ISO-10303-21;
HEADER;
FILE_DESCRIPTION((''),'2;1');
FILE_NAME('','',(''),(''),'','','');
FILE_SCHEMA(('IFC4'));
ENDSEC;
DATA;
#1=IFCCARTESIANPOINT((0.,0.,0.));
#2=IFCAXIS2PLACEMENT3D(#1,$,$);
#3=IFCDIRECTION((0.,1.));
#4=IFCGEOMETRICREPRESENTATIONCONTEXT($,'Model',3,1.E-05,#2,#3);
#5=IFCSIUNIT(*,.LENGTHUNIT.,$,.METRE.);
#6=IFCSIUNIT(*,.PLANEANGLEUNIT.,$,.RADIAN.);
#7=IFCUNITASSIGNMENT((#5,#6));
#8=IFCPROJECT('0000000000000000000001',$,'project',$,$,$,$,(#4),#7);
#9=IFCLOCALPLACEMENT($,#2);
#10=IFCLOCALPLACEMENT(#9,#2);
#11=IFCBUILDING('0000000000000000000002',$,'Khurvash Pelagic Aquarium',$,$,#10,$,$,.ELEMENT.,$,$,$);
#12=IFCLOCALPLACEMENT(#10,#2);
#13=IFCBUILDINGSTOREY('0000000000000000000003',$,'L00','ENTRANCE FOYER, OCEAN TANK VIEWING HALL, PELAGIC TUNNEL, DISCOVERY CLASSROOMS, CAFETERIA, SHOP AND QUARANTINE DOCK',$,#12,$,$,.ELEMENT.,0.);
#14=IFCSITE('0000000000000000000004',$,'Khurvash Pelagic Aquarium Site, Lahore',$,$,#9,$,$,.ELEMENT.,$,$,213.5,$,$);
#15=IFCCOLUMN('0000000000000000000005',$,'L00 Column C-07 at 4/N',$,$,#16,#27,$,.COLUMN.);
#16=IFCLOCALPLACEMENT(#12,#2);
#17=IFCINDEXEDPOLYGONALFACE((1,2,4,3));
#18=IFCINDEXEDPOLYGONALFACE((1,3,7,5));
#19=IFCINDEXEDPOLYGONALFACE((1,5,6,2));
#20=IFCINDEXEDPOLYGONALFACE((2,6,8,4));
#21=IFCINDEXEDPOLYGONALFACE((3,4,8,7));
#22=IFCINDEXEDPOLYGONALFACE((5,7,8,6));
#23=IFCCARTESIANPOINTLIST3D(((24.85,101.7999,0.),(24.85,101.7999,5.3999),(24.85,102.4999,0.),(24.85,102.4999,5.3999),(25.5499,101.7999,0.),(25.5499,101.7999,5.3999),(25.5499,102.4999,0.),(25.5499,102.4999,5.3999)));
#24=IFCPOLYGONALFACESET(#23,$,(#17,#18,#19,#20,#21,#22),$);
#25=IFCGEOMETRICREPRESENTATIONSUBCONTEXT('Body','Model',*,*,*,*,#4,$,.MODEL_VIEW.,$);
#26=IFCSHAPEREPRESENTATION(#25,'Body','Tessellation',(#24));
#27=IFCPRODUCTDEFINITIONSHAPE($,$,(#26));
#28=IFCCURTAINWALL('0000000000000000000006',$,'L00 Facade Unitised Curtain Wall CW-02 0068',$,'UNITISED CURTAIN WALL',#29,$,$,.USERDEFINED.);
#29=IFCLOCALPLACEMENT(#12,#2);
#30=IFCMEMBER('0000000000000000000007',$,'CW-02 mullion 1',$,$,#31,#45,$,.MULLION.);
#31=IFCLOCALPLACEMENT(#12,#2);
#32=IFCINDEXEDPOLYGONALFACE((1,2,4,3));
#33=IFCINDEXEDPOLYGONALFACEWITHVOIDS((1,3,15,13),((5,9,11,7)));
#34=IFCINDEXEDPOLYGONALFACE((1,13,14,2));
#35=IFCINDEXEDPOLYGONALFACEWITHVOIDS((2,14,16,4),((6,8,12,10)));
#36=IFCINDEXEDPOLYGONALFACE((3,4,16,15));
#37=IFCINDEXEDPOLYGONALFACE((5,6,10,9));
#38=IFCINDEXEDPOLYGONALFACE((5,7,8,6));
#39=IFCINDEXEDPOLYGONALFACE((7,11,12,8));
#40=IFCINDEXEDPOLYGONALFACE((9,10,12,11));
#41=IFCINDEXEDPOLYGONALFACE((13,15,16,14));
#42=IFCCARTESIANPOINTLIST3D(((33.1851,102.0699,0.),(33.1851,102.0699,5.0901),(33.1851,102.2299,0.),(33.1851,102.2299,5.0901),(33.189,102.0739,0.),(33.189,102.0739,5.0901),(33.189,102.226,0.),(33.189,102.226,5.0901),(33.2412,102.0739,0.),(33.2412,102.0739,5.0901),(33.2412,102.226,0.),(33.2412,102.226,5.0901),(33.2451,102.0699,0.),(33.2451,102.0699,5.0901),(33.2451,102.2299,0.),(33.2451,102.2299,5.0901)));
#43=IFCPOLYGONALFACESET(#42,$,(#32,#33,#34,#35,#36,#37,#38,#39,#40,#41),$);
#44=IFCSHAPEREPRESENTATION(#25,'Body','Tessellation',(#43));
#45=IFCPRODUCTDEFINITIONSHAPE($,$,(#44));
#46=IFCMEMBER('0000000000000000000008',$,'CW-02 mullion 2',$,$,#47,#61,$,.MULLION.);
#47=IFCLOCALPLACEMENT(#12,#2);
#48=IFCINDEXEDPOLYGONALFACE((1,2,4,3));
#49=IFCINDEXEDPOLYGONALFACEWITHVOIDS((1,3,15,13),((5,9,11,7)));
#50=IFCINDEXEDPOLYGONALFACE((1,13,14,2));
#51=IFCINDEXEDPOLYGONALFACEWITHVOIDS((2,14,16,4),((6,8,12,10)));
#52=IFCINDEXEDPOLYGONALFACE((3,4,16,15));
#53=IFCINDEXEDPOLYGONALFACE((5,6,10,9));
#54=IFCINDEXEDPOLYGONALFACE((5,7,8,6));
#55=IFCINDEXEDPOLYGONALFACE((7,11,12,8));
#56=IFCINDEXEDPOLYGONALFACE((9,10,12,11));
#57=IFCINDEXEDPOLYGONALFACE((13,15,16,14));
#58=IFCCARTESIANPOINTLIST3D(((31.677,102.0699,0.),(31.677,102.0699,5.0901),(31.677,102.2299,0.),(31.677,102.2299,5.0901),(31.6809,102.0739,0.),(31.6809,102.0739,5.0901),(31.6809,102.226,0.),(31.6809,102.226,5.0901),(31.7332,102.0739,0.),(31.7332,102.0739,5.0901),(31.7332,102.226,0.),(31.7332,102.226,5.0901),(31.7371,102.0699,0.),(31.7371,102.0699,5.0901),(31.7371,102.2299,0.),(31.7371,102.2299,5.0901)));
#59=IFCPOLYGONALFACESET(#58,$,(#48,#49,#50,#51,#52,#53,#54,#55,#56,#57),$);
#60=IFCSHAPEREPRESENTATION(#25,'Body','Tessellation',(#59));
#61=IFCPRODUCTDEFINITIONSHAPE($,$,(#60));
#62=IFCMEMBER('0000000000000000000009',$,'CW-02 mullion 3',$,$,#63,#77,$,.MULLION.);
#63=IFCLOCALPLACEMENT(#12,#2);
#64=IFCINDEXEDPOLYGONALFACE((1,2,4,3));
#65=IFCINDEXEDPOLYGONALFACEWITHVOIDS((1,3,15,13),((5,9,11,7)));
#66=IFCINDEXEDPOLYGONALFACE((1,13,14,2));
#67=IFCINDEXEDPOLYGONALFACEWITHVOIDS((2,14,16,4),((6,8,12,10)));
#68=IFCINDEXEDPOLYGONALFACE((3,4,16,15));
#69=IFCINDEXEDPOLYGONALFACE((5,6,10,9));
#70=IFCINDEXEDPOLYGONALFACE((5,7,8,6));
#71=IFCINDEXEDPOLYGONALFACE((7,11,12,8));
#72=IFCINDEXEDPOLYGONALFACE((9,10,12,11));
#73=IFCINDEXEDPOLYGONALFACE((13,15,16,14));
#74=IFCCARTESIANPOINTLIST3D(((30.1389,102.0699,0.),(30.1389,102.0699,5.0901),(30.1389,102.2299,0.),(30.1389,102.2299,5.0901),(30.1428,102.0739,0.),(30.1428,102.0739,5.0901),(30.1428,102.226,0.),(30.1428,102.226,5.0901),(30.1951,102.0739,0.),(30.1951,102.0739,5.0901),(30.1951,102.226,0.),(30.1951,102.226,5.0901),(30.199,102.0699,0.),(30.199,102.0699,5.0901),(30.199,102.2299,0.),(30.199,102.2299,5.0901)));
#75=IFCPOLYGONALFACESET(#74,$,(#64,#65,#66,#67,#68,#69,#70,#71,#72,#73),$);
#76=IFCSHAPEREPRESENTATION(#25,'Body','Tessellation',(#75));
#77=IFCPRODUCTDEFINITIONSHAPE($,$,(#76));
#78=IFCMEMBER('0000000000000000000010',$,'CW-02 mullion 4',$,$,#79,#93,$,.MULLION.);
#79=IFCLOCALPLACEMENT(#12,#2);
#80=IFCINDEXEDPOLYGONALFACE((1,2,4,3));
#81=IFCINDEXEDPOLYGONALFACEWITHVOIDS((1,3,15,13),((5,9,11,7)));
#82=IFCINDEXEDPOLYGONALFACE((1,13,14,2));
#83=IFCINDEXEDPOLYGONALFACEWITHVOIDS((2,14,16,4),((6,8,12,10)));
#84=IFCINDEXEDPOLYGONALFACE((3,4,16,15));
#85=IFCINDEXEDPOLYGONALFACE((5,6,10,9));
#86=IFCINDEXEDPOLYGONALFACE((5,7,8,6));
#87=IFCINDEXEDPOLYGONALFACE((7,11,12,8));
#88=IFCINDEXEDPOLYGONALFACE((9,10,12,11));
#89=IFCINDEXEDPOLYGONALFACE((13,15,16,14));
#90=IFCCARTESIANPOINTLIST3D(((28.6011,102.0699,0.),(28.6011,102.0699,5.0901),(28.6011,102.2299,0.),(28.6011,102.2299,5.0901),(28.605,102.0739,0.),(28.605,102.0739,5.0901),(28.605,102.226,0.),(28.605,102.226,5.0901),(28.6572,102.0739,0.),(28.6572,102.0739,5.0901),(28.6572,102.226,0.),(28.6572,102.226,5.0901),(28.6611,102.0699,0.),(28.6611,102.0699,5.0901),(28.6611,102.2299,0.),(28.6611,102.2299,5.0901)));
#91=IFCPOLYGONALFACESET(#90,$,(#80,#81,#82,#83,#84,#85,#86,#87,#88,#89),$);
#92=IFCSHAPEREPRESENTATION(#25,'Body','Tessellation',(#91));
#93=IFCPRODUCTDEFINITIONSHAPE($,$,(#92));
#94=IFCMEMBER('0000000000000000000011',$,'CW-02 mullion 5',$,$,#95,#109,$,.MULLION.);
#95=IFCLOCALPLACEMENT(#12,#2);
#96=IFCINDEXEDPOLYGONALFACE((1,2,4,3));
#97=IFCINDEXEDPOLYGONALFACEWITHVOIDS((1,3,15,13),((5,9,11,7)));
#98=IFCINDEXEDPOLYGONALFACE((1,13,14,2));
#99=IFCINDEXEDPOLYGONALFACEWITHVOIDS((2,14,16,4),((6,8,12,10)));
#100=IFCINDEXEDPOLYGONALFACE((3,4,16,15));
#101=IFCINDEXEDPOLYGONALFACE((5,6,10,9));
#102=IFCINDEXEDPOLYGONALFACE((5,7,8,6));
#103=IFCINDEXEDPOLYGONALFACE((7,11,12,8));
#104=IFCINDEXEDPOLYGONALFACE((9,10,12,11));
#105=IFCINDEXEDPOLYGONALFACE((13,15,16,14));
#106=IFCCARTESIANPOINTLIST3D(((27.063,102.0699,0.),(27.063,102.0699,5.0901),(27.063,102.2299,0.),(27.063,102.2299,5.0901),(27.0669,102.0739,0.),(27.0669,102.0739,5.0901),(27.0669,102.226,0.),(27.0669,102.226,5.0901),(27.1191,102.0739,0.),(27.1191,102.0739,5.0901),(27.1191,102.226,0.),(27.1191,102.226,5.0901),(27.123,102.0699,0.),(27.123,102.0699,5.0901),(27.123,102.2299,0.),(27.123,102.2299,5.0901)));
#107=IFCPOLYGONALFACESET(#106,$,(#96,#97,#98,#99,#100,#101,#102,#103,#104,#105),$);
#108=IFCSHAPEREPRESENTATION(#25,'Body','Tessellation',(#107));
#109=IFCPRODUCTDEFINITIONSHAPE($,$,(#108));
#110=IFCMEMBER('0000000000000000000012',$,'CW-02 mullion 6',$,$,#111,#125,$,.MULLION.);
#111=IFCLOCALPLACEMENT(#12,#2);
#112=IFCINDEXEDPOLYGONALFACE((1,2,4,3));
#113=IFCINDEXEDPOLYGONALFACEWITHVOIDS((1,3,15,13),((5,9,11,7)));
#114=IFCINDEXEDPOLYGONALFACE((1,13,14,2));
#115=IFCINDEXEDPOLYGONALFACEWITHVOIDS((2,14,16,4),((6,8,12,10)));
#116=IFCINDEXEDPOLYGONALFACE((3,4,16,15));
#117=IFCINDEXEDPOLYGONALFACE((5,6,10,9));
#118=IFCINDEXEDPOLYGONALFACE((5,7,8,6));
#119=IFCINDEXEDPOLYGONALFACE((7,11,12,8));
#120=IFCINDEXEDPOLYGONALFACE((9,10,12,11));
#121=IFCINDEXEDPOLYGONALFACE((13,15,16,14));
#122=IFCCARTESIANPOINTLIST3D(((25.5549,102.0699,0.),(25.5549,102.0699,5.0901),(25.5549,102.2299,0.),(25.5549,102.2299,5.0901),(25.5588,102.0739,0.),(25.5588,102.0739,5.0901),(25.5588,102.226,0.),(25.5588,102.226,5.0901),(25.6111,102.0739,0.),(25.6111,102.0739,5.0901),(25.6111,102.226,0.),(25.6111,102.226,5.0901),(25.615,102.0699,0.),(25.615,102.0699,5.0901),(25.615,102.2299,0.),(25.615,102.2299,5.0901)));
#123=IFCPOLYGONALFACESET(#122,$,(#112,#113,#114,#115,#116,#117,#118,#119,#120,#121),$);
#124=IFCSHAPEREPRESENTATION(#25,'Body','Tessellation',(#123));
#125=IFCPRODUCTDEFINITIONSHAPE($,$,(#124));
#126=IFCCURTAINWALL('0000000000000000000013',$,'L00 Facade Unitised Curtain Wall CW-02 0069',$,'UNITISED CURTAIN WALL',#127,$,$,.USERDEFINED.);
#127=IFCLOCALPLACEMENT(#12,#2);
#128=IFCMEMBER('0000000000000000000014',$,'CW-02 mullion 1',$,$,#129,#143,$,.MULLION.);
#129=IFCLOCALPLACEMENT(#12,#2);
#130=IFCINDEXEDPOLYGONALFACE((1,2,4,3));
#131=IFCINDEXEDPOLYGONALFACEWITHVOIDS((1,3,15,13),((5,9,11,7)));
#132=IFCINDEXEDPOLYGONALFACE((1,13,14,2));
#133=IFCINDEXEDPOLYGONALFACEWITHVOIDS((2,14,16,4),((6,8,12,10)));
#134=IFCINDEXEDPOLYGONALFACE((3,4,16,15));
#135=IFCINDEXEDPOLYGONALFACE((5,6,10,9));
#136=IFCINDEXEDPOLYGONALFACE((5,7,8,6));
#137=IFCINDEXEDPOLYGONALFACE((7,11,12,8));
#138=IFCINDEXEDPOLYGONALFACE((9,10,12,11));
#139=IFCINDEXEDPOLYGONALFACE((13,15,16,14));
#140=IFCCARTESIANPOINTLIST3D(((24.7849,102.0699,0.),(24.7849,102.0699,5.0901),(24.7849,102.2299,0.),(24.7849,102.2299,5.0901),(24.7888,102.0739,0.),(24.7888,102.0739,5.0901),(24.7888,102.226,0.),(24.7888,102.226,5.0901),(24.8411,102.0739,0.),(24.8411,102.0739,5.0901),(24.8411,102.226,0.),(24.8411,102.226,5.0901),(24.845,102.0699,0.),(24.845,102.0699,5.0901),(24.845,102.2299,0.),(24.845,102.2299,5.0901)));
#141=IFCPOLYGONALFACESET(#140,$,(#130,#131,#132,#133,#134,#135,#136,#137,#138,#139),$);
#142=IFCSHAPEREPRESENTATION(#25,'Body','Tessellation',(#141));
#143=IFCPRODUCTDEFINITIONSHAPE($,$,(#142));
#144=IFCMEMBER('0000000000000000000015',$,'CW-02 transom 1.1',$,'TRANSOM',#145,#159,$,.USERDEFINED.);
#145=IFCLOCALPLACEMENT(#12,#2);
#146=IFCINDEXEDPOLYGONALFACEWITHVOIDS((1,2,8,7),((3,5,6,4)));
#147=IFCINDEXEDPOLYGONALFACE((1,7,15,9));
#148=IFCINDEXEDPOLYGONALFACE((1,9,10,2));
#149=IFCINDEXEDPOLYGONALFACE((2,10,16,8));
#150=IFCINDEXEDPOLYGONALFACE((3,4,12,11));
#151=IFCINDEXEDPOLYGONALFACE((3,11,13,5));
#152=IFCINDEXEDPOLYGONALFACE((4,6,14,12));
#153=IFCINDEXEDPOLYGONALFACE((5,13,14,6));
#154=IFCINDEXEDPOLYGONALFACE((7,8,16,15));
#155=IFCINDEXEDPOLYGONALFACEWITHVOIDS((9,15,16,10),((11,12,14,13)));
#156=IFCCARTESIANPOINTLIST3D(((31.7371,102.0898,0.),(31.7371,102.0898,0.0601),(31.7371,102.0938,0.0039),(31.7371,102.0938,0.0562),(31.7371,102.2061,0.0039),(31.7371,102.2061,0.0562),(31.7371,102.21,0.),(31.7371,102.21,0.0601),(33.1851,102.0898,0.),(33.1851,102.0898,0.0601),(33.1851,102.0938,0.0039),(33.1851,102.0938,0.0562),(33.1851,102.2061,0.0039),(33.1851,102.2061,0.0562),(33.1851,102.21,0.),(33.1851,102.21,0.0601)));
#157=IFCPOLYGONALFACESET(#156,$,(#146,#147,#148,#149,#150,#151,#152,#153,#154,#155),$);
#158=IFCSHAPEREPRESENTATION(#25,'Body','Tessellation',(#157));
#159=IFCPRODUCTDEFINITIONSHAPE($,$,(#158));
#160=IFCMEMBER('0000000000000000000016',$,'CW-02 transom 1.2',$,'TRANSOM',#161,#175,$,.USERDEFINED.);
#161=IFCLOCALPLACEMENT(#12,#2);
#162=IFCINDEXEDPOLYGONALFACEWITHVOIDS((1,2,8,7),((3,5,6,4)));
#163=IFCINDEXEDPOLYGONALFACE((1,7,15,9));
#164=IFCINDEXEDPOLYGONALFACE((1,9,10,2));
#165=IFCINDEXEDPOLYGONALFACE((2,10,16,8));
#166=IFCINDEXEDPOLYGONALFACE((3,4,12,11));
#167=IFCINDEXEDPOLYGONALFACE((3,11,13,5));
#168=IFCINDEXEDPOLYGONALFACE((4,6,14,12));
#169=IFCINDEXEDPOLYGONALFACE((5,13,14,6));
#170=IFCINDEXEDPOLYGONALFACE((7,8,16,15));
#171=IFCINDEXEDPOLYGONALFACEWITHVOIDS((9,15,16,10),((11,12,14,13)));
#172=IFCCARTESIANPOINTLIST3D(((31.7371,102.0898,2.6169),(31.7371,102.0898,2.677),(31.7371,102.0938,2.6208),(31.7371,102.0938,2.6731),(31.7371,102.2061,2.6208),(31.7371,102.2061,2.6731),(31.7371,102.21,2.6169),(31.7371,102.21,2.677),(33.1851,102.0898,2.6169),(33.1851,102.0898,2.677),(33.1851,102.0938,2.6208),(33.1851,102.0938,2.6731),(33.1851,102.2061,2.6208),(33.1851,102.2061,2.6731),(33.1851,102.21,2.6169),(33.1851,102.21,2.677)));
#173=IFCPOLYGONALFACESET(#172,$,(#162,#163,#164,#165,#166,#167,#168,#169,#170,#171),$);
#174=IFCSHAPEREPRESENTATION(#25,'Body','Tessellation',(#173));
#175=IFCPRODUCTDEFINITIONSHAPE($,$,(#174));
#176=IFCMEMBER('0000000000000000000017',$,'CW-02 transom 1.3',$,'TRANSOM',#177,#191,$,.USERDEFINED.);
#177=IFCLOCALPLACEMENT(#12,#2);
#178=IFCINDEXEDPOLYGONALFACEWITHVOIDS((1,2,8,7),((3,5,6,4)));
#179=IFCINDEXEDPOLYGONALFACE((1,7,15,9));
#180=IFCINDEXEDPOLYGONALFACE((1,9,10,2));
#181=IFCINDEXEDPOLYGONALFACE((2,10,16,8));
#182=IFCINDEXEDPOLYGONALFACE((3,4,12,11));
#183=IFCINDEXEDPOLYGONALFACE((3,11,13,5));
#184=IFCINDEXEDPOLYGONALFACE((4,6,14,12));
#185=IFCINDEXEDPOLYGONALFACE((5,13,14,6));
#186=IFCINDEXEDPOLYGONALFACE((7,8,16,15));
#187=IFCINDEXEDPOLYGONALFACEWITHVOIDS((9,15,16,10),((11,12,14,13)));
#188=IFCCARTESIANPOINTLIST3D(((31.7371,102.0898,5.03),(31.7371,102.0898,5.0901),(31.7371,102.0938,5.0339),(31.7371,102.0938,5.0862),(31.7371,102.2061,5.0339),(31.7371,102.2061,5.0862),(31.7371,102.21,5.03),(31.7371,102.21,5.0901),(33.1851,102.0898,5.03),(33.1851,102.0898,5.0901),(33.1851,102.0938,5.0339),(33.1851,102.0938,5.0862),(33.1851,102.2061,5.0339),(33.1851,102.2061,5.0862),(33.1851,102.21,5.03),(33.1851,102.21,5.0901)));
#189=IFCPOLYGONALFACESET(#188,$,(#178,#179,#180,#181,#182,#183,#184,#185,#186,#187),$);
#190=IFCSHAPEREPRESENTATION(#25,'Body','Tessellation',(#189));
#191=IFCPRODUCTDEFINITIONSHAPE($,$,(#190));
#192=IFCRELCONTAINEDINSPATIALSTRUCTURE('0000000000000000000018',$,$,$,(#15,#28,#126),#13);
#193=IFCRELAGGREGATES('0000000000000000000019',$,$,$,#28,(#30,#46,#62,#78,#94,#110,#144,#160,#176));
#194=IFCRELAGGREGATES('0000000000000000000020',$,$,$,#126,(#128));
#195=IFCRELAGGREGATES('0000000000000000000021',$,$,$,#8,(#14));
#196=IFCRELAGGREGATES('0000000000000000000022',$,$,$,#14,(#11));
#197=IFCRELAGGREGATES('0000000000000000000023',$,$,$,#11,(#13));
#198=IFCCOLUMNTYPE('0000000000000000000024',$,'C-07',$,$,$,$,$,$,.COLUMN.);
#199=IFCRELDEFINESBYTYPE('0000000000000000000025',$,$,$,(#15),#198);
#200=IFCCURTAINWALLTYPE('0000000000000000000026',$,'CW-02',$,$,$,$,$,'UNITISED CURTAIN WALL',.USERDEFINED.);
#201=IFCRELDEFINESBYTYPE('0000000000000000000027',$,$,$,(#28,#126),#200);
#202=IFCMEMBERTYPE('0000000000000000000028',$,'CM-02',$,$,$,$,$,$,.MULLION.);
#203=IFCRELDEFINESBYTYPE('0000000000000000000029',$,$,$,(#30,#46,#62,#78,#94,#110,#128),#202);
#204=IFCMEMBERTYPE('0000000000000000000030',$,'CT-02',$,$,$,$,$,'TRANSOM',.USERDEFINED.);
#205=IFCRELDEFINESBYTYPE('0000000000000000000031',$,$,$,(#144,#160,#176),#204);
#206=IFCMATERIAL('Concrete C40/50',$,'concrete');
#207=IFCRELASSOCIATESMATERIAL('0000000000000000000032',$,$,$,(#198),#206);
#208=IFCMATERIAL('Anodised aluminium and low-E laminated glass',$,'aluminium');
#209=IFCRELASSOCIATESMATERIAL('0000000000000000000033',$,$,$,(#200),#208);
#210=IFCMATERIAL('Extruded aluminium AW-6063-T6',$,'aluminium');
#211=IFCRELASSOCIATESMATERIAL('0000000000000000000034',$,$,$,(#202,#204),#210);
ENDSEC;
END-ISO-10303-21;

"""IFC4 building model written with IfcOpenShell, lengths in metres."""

from ifc_helpers import new_model, si_unit, direction, frame, origin, origin_2d, place, context, subcontext, project, spatial, rectangle, hollow_rectangle, extrude, material, material_profile, profile_set, type_object, element, aggregate, save


model = new_model("IFC4")

# Units and contexts
model_context = context("Model", 3, precision=1e-05, world=origin(), true_north=direction((0.0, 1.0)))
body_context = subcontext(model_context, "Body", "Model", "MODEL_VIEW")
ifc_project = project(units=[si_unit("LENGTHUNIT", "METRE"), si_unit("PLANEANGLEUNIT", "RADIAN")], contexts=[model_context])

# Site, building, storey
site_placement = place(None, origin())
site = spatial("IfcSite", under=ifc_project, at=site_placement, Name="Khurvash Pelagic Aquarium Site, Lahore", CompositionType="ELEMENT", RefElevation=213.5)
building_placement = place(site_placement, origin())
building = spatial("IfcBuilding", under=site, at=building_placement, Name="Khurvash Pelagic Aquarium", CompositionType="ELEMENT")
storey_placement = place(building_placement, origin())
storey = spatial("IfcBuildingStorey", under=building, at=storey_placement, Name="L00", Description="ENTRANCE FOYER, OCEAN TANK VIEWING HALL, PELAGIC TUNNEL, DISCOVERY CLASSROOMS, CAFETERIA, SHOP AND QUARANTINE DOCK", CompositionType="ELEMENT", Elevation=0.0)

# Column
ifc_material_1 = material(Name="Concrete C40/50", Category="concrete")
ifc_material_profile_1 = material_profile(ifc_material_1, rectangle(XDim=0.7, YDim=0.7, at=origin_2d()), Name="RC700X700")
ifc_profile_set_1 = profile_set([ifc_material_profile_1], Name="Concrete C40/50")
column_type = type_object("IfcColumnType", Name="C-07", PredefinedType="COLUMN", material=ifc_profile_set_1)
column_placement = place(storey_placement, frame((25.2, 102.1499, 0.0), z_axis=(0.0, 0.0, 1.0), x_axis=(1.0, 0.0, 0.0)))
element("IfcColumn", 1, at=column_placement, inside=storey, type_object=column_type, Name="L00 Column C-07 at 4/N", PredefinedType="COLUMN", context=body_context, shape_type="SweptSolid", body=[
    extrude(rectangle(XDim=0.7, YDim=0.7, at=origin_2d()), origin(), (0.0, 0.0, 1.0), 5.3999),
])

# Curtain wall, members
ifc_material_2 = material(Name="Anodised aluminium and low-E laminated glass", Category="aluminium")
curtain_wall_type = type_object("IfcCurtainWallType", Name="CW-02", ElementType="UNITISED CURTAIN WALL", PredefinedType="USERDEFINED", material=ifc_material_2)
curtain_wall_1_placement = place(storey_placement, origin())
curtain_wall_1 = element("IfcCurtainWall", 2, at=curtain_wall_1_placement, inside=storey, type_object=curtain_wall_type, Name="L00 Facade Unitised Curtain Wall CW-02 0068", ObjectType="UNITISED CURTAIN WALL", PredefinedType="USERDEFINED")
ifc_material_3 = material(Name="Extruded aluminium AW-6063-T6", Category="aluminium")
ifc_material_profile_2 = material_profile(ifc_material_3, hollow_rectangle(XDim=0.0601, YDim=0.1599, WallThickness=0.0039, at=origin_2d()), Name="CWM60X160X4")
ifc_profile_set_2 = profile_set([ifc_material_profile_2], Name="Extruded aluminium AW-6063-T6")
member_type_1 = type_object("IfcMemberType", Name="CM-02", PredefinedType="MULLION", material=ifc_profile_set_2)
member_1_placement = place(storey_placement, frame((33.2151, 102.1499, 0.0), z_axis=(0.0, 0.0, 1.0), x_axis=(-1.0, 0.0, 0.0)))
member_1 = element("IfcMember", 3, at=member_1_placement, type_object=member_type_1, Name="CW-02 mullion 1", PredefinedType="MULLION", context=body_context, shape_type="SweptSolid", body=[
    extrude(hollow_rectangle(XDim=0.0601, YDim=0.1599, WallThickness=0.0039, at=origin_2d()), origin(), (0.0, 0.0, 1.0), 5.0901),
])
member_2_placement = place(storey_placement, frame((31.707, 102.1499, 0.0), z_axis=(0.0, 0.0, 1.0), x_axis=(-1.0, 0.0, 0.0)))
member_2 = element("IfcMember", 4, at=member_2_placement, type_object=member_type_1, Name="CW-02 mullion 2", PredefinedType="MULLION", context=body_context, shape_type="SweptSolid", body=[
    extrude(hollow_rectangle(XDim=0.0601, YDim=0.1599, WallThickness=0.0039, at=origin_2d()), origin(), (0.0, 0.0, 1.0), 5.0901),
])
member_3_placement = place(storey_placement, frame((30.1689, 102.1499, 0.0), z_axis=(0.0, 0.0, 1.0), x_axis=(-1.0, 0.0, 0.0)))
member_3 = element("IfcMember", 5, at=member_3_placement, type_object=member_type_1, Name="CW-02 mullion 3", PredefinedType="MULLION", context=body_context, shape_type="SweptSolid", body=[
    extrude(hollow_rectangle(XDim=0.0601, YDim=0.1599, WallThickness=0.0039, at=origin_2d()), origin(), (0.0, 0.0, 1.0), 5.0901),
])
member_4_placement = place(storey_placement, frame((28.6311, 102.1499, 0.0), z_axis=(0.0, 0.0, 1.0), x_axis=(-1.0, 0.0, 0.0)))
member_4 = element("IfcMember", 6, at=member_4_placement, type_object=member_type_1, Name="CW-02 mullion 4", PredefinedType="MULLION", context=body_context, shape_type="SweptSolid", body=[
    extrude(hollow_rectangle(XDim=0.0601, YDim=0.1599, WallThickness=0.0039, at=origin_2d()), origin(), (0.0, 0.0, 1.0), 5.0901),
])
member_5_placement = place(storey_placement, frame((27.093, 102.1499, 0.0), z_axis=(0.0, 0.0, 1.0), x_axis=(-1.0, 0.0, 0.0)))
member_5 = element("IfcMember", 7, at=member_5_placement, type_object=member_type_1, Name="CW-02 mullion 5", PredefinedType="MULLION", context=body_context, shape_type="SweptSolid", body=[
    extrude(hollow_rectangle(XDim=0.0601, YDim=0.1599, WallThickness=0.0039, at=origin_2d()), origin(), (0.0, 0.0, 1.0), 5.0901),
])
member_6_placement = place(storey_placement, frame((25.585, 102.1499, 0.0), z_axis=(0.0, 0.0, 1.0), x_axis=(-1.0, 0.0, 0.0)))
member_6 = element("IfcMember", 8, at=member_6_placement, type_object=member_type_1, Name="CW-02 mullion 6", PredefinedType="MULLION", context=body_context, shape_type="SweptSolid", body=[
    extrude(hollow_rectangle(XDim=0.0601, YDim=0.1599, WallThickness=0.0039, at=origin_2d()), origin(), (0.0, 0.0, 1.0), 5.0901),
])

# Curtain wall, member
curtain_wall_2_placement = place(storey_placement, origin())
curtain_wall_2 = element("IfcCurtainWall", 9, at=curtain_wall_2_placement, inside=storey, type_object=curtain_wall_type, Name="L00 Facade Unitised Curtain Wall CW-02 0069", ObjectType="UNITISED CURTAIN WALL", PredefinedType="USERDEFINED")
member_7_placement = place(storey_placement, frame((24.8149, 102.1499, 0.0), z_axis=(0.0, 0.0, 1.0), x_axis=(-1.0, 0.0, 0.0)))
member_7 = element("IfcMember", 10, at=member_7_placement, type_object=member_type_1, Name="CW-02 mullion 1", PredefinedType="MULLION", context=body_context, shape_type="SweptSolid", body=[
    extrude(hollow_rectangle(XDim=0.0601, YDim=0.1599, WallThickness=0.0039, at=origin_2d()), origin(), (0.0, 0.0, 1.0), 5.0901),
])

# Members
ifc_material_profile_3 = material_profile(ifc_material_3, hollow_rectangle(XDim=0.1201, YDim=0.0601, WallThickness=0.0039, at=origin_2d()), Name="CWT120X60X4")
ifc_profile_set_3 = profile_set([ifc_material_profile_3], Name="Extruded aluminium AW-6063-T6")
member_type_2 = type_object("IfcMemberType", Name="CT-02", ElementType="TRANSOM", PredefinedType="USERDEFINED", material=ifc_profile_set_3)
member_8_placement = place(storey_placement, frame((33.1851, 102.1499, 0.03), z_axis=(-1.0, 0.0, 0.0), x_axis=(0.0, -1.0, 0.0)))
member_8 = element("IfcMember", 11, at=member_8_placement, type_object=member_type_2, Name="CW-02 transom 1.1", ObjectType="TRANSOM", PredefinedType="USERDEFINED", context=body_context, shape_type="SweptSolid", body=[
    extrude(hollow_rectangle(XDim=0.1201, YDim=0.0601, WallThickness=0.0039, at=origin_2d()), origin(), (0.0, 0.0, 1.0), 1.448),
])
member_9_placement = place(storey_placement, frame((33.1851, 102.1499, 2.647), z_axis=(-1.0, 0.0, 0.0), x_axis=(0.0, -1.0, 0.0)))
member_9 = element("IfcMember", 12, at=member_9_placement, type_object=member_type_2, Name="CW-02 transom 1.2", ObjectType="TRANSOM", PredefinedType="USERDEFINED", context=body_context, shape_type="SweptSolid", body=[
    extrude(hollow_rectangle(XDim=0.1201, YDim=0.0601, WallThickness=0.0039, at=origin_2d()), origin(), (0.0, 0.0, 1.0), 1.448),
])
member_10_placement = place(storey_placement, frame((33.1851, 102.1499, 5.0601), z_axis=(-1.0, 0.0, 0.0), x_axis=(0.0, -1.0, 0.0)))
member_10 = element("IfcMember", 13, at=member_10_placement, type_object=member_type_2, Name="CW-02 transom 1.3", ObjectType="TRANSOM", PredefinedType="USERDEFINED", context=body_context, shape_type="SweptSolid", body=[
    extrude(hollow_rectangle(XDim=0.1201, YDim=0.0601, WallThickness=0.0039, at=origin_2d()), origin(), (0.0, 0.0, 1.0), 1.448),
])

aggregate(curtain_wall_1, [member_1, member_2, member_3, member_4, member_5, member_6, member_8, member_9, member_10])
aggregate(curtain_wall_2, [member_7])

save(model, "model.ifc")
